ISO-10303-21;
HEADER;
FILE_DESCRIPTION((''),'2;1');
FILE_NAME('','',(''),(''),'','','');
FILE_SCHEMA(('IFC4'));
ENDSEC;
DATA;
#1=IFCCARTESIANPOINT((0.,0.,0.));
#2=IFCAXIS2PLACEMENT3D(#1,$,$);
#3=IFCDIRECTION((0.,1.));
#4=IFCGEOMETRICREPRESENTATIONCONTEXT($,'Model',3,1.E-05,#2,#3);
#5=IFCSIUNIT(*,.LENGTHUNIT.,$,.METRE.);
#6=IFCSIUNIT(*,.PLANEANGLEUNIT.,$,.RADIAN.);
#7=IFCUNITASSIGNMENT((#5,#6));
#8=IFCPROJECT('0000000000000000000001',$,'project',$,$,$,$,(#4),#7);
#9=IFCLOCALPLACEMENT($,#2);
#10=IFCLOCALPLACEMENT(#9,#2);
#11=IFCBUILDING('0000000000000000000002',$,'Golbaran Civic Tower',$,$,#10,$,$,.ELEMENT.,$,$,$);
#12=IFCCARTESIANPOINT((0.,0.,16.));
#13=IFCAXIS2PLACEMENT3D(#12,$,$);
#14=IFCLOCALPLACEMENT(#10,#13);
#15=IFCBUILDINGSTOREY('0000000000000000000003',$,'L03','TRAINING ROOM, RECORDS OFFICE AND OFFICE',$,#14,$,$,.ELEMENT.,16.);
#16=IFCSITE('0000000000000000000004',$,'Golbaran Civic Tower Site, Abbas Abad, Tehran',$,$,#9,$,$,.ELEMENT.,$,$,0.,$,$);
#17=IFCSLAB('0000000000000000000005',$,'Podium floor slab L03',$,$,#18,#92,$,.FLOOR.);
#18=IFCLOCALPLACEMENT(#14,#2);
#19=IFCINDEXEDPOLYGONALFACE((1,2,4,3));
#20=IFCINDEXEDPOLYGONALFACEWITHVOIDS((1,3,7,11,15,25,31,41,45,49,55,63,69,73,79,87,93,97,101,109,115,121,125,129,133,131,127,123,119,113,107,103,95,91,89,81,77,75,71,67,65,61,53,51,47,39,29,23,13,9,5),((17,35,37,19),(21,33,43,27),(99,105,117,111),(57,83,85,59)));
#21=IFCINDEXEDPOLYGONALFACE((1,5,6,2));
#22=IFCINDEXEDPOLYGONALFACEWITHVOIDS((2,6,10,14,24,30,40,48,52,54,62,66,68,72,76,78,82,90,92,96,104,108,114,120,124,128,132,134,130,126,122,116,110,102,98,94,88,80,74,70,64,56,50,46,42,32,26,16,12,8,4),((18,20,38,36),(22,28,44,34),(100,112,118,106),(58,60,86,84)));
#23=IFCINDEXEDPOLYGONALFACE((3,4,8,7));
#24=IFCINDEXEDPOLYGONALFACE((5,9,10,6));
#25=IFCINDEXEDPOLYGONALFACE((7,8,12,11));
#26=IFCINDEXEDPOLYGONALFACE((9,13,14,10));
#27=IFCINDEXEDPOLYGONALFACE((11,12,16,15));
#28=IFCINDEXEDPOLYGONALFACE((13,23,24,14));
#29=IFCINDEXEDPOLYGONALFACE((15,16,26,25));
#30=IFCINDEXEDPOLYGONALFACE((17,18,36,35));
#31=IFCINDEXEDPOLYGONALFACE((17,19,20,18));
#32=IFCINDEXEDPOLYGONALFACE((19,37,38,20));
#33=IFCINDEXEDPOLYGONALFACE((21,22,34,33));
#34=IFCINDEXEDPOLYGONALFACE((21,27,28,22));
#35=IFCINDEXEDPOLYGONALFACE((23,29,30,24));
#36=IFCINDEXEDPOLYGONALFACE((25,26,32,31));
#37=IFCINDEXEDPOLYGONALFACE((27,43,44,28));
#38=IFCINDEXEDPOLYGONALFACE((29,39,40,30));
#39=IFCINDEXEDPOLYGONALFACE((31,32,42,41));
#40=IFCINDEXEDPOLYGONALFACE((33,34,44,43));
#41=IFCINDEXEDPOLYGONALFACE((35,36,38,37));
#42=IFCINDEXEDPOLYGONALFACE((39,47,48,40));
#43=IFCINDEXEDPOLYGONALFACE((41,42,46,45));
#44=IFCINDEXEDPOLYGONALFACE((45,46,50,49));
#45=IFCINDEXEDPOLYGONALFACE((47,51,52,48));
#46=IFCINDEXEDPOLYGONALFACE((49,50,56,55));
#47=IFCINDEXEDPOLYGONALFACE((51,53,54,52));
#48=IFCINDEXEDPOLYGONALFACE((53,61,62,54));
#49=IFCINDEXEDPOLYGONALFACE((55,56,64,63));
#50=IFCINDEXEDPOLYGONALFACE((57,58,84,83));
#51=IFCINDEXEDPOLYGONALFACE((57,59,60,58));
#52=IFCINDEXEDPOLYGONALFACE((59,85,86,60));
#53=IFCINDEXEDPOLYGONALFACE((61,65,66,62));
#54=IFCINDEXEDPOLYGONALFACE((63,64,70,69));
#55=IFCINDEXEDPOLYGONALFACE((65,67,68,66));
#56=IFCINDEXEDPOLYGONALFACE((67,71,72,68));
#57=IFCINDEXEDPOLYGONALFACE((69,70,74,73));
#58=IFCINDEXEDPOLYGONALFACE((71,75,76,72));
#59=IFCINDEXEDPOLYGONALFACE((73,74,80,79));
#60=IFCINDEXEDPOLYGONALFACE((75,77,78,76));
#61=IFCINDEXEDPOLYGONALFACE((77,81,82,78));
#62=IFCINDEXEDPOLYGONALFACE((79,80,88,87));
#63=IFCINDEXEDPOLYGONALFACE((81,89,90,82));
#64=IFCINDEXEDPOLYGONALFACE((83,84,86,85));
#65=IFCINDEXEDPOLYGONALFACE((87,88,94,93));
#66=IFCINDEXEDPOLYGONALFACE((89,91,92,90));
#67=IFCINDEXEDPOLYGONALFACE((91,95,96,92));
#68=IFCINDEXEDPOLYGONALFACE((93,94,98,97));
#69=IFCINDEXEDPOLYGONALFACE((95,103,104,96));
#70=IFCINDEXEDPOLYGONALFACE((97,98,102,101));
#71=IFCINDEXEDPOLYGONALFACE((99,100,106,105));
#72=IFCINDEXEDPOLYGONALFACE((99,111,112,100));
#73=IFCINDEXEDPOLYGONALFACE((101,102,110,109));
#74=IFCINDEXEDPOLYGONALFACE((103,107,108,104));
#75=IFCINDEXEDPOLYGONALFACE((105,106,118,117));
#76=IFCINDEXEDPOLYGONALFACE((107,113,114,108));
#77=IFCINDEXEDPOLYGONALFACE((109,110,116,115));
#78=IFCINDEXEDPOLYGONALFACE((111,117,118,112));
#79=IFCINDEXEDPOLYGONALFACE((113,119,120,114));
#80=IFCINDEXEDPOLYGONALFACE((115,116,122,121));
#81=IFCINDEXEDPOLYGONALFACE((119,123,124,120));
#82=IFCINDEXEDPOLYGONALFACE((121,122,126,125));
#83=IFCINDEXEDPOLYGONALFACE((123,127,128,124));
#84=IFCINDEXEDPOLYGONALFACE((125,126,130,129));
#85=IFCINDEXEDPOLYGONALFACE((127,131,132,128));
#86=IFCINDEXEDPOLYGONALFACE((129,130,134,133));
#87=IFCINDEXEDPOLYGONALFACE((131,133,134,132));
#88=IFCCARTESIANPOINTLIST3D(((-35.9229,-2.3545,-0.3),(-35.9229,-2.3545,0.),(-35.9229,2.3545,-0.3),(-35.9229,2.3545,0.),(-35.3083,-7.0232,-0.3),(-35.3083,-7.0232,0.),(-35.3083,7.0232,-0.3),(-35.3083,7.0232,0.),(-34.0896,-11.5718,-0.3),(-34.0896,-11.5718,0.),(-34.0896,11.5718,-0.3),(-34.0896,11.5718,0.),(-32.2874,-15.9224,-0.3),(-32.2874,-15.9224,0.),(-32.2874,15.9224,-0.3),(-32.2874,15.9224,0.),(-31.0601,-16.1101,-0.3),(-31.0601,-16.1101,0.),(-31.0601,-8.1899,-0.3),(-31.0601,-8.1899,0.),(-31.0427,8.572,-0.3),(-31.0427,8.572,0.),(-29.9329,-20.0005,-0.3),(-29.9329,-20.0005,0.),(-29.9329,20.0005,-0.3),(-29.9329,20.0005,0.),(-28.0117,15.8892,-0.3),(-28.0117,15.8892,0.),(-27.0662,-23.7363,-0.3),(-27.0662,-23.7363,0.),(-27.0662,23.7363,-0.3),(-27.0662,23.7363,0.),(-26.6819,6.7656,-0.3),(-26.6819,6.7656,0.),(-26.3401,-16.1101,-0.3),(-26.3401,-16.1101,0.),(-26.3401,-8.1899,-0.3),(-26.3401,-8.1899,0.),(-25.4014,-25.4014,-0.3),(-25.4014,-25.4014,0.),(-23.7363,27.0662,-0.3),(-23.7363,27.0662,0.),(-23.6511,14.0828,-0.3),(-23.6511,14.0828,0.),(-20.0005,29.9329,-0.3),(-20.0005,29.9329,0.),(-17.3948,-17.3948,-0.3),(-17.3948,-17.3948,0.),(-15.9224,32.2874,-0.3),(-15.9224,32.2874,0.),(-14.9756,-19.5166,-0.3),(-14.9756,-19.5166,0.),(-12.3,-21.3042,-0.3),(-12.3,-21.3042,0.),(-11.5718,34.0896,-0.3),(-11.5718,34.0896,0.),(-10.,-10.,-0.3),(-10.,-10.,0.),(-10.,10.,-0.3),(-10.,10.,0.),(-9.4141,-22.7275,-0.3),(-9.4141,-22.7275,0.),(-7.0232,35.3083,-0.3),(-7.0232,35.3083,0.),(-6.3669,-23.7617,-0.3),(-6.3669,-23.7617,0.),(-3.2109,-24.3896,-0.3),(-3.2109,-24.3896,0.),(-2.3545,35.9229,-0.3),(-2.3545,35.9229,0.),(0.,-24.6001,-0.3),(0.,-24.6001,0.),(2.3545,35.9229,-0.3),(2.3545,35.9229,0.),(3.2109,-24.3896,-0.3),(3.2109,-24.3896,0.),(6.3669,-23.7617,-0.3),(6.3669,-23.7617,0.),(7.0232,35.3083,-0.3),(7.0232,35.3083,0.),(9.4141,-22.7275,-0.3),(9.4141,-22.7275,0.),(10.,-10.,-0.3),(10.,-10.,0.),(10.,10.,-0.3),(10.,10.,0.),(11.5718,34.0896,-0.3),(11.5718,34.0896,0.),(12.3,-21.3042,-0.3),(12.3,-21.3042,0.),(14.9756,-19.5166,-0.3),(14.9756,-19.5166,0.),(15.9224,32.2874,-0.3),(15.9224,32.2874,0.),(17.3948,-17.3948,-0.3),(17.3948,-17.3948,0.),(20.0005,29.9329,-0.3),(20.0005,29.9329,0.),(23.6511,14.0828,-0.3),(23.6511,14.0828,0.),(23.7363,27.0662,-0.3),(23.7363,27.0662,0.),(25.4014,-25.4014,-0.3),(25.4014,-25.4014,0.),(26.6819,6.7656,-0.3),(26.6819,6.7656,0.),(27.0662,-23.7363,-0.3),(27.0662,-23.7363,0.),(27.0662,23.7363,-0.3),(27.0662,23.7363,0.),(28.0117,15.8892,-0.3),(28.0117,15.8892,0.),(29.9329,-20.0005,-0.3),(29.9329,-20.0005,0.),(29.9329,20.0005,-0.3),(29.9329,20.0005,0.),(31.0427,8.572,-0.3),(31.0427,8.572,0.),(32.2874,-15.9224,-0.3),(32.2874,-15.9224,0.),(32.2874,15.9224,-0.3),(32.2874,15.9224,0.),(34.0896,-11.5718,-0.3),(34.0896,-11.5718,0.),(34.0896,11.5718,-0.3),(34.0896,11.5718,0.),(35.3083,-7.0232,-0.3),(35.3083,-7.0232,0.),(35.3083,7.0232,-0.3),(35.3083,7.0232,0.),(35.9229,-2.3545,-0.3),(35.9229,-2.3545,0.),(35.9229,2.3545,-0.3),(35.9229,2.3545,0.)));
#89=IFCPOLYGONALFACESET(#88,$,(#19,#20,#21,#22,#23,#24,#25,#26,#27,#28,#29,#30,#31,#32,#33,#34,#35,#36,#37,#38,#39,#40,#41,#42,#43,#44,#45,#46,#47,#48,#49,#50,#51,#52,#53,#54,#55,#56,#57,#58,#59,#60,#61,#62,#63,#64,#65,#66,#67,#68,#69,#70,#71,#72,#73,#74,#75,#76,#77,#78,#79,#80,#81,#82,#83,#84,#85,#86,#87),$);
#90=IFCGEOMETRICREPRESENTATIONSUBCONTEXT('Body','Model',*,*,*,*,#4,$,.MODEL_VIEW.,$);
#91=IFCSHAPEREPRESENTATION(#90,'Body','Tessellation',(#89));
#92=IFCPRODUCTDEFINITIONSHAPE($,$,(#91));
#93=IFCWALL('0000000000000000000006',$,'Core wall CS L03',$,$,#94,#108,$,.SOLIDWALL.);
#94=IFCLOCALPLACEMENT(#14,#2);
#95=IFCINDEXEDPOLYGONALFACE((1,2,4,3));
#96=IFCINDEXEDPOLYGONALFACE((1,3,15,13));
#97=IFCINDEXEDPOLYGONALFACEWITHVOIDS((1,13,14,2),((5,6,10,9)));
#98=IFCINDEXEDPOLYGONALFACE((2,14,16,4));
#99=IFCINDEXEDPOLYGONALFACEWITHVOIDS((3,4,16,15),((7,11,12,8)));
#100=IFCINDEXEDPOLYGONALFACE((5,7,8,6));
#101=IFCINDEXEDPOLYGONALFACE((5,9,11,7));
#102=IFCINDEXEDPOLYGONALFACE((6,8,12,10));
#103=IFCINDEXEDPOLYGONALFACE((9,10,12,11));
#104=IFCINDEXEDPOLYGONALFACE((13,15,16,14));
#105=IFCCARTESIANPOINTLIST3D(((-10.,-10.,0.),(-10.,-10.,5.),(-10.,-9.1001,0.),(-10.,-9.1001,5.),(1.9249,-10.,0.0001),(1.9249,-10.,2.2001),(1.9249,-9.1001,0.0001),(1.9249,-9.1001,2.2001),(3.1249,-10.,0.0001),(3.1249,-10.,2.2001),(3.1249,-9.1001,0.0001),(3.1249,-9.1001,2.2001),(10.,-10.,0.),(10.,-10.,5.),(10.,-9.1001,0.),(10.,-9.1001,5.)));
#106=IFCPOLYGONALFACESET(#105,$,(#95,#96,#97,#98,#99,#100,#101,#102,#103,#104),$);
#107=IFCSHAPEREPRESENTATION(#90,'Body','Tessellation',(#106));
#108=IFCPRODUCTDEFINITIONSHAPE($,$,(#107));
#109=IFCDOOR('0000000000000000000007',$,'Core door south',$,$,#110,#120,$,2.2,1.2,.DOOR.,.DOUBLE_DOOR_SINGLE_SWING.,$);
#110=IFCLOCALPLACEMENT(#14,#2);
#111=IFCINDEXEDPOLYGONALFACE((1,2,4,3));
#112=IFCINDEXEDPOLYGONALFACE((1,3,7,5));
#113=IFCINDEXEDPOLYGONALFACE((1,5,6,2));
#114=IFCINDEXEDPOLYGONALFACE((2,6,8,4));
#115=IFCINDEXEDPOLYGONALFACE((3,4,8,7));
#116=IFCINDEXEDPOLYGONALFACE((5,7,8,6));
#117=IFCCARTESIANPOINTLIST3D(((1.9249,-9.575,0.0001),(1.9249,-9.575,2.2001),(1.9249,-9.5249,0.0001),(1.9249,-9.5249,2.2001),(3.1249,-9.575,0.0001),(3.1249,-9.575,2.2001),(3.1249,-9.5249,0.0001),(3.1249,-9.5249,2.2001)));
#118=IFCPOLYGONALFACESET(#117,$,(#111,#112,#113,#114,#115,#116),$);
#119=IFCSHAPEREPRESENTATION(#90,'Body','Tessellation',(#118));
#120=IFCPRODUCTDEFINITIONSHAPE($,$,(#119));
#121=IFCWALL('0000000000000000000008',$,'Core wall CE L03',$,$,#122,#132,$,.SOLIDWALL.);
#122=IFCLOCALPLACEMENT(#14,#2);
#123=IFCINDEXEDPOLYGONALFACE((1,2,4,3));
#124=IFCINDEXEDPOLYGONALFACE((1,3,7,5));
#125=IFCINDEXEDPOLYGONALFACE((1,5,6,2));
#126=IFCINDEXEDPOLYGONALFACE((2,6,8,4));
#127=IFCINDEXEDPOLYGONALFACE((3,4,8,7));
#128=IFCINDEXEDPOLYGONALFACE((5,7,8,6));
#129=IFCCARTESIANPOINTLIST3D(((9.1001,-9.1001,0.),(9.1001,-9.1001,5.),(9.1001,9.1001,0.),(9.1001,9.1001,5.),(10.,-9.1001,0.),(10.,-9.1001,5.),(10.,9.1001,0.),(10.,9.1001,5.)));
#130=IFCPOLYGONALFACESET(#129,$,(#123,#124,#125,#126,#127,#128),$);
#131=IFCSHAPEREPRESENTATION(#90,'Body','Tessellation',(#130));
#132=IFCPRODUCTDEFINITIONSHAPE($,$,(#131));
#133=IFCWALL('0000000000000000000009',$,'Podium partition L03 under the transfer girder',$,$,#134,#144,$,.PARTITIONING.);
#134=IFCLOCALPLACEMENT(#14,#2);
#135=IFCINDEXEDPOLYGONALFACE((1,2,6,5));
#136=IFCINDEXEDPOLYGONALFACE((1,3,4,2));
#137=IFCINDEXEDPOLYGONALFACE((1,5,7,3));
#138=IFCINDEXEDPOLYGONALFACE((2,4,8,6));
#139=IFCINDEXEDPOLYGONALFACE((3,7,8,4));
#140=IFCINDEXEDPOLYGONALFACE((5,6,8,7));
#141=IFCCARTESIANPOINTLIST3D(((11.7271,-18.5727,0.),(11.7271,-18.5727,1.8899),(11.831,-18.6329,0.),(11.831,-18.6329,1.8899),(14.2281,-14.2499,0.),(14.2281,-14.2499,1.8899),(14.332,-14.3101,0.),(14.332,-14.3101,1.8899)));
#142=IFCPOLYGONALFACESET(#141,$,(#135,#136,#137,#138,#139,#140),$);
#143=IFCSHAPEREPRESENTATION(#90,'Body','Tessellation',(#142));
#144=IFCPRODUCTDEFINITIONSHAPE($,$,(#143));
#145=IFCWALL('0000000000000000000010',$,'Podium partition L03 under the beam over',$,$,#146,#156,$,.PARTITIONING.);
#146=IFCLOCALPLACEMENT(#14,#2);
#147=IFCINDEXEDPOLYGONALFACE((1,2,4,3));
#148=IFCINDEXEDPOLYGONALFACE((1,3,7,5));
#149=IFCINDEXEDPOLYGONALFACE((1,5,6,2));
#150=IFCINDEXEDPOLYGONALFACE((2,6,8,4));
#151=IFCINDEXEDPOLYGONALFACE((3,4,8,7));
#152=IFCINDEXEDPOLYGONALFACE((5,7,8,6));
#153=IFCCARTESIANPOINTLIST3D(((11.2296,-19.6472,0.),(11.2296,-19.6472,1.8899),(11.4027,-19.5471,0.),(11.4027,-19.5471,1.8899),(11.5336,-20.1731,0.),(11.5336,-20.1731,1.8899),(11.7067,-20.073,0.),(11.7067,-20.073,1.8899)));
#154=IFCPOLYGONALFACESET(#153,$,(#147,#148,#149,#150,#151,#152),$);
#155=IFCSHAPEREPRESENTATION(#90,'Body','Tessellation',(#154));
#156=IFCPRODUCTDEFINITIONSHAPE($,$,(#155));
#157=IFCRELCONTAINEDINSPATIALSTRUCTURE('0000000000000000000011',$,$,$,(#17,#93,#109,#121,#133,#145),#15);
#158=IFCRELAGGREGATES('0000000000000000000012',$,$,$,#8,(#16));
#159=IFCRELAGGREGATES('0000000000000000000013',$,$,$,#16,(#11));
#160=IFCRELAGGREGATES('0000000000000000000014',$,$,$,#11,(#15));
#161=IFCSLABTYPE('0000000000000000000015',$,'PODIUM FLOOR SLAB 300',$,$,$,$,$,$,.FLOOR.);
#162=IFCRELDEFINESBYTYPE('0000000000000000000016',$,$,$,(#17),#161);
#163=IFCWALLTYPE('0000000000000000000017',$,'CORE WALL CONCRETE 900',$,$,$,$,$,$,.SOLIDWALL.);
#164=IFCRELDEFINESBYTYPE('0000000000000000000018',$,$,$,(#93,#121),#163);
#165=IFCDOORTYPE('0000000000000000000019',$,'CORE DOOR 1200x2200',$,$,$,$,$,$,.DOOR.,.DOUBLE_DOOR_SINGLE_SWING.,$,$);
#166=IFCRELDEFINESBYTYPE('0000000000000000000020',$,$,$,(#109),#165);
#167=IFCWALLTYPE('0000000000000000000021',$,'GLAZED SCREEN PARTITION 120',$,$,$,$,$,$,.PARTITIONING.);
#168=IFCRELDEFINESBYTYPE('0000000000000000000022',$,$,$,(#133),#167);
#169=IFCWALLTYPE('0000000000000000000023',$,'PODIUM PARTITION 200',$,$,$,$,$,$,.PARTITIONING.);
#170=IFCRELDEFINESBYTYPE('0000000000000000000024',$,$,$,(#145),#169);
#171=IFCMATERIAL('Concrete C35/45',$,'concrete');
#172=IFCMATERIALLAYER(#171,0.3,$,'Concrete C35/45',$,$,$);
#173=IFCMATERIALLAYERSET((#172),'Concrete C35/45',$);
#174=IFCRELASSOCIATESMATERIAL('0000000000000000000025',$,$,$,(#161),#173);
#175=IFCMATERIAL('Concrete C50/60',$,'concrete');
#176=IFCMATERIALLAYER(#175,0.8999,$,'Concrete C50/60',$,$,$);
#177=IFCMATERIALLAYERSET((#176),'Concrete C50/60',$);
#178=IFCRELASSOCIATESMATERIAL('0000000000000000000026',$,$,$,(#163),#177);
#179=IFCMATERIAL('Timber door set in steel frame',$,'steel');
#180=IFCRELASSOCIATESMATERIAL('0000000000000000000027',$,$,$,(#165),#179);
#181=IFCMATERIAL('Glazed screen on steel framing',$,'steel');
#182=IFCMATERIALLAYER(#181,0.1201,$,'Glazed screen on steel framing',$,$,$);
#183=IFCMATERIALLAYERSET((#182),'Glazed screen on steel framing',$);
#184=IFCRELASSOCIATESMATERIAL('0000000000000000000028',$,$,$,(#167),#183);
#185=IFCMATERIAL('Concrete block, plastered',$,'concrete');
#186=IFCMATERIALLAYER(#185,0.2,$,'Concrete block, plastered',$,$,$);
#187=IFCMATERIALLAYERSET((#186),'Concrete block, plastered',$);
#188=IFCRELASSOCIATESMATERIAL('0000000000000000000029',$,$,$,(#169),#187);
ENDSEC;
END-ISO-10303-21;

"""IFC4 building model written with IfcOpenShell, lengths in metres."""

from ifc_helpers import new_model, si_unit, direction, frame, frame_2d, origin, place, context, subcontext, project, spatial, polyline, rectangle, outline, extrude, material, layer, layer_set, type_object, element, fill, save


model = new_model("IFC4")

# Units and contexts
model_context = context("Model", 3, precision=1e-05, world=origin(), true_north=direction((0.0, 1.0)))
body_context = subcontext(model_context, "Body", "Model", "MODEL_VIEW")
ifc_project = project(units=[si_unit("LENGTHUNIT", "METRE"), si_unit("PLANEANGLEUNIT", "RADIAN")], contexts=[model_context])

# Site, building, storey
site_placement = place(None, origin())
site = spatial("IfcSite", under=ifc_project, at=site_placement, Name="Golbaran Civic Tower Site, Abbas Abad, Tehran", CompositionType="ELEMENT", RefElevation=0.0)
building_placement = place(site_placement, origin())
building = spatial("IfcBuilding", under=site, at=building_placement, Name="Golbaran Civic Tower", CompositionType="ELEMENT")
storey_placement = place(building_placement, frame((0.0, 0.0, 16.0)))
storey = spatial("IfcBuildingStorey", under=building, at=storey_placement, Name="L03", Description="TRAINING ROOM, RECORDS OFFICE AND OFFICE", CompositionType="ELEMENT", Elevation=16.0)

# Slab
ifc_material_1 = material(Name="Concrete C35/45", Category="concrete")
ifc_layer_1 = layer(ifc_material_1, 0.3, Name="Concrete C35/45")
ifc_layer_set_1 = layer_set([ifc_layer_1], Name="Concrete C35/45")
slab_type_1 = type_object("IfcSlabType", Name="PODIUM FLOOR SLAB 300", PredefinedType="FLOOR", material=ifc_layer_set_1)
slab_1_placement = place(storey_placement, frame((0.0, 0.0, -0.3)))
element("IfcSlab", 1, at=slab_1_placement, inside=storey, type_object=slab_type_1, Name="Podium floor slab L03", PredefinedType="FLOOR", context=body_context, shape_type="SweptSolid", body=[
    extrude(outline(polyline([(32.2874, -15.9224), (29.9329, -20.0005), (27.0662, -23.7363), (25.4014, -25.4014), (17.3948, -17.3948), (14.9756, -19.5166), (12.3, -21.3042), (9.4141, -22.7275), (6.3669, -23.7617), (3.2109, -24.3896), (0.0, -24.6001), (-3.2109, -24.3896), (-6.3669, -23.7617), (-9.4141, -22.7275), (-12.3, -21.3042), (-14.9756, -19.5166), (-17.3948, -17.3948), (-25.4014, -25.4014), (-27.0662, -23.7363), (-29.9329, -20.0005), (-32.2874, -15.9224), (-34.0896, -11.5718), (-35.3083, -7.0232), (-35.9229, -2.3545), (-35.9229, 2.3545), (-35.3083, 7.0232), (-34.0896, 11.5718), (-32.2874, 15.9224), (-29.9329, 20.0005), (-27.0662, 23.7363), (-23.7363, 27.0662), (-20.0005, 29.9329), (-15.9224, 32.2874), (-11.5718, 34.0896), (-7.0232, 35.3083), (-2.3545, 35.9229), (2.3545, 35.9229), (7.0232, 35.3083), (11.5718, 34.0896), (15.9224, 32.2874), (20.0005, 29.9329), (23.7363, 27.0662), (27.0662, 23.7363), (29.9329, 20.0005), (32.2874, 15.9224), (34.0896, 11.5718), (35.3083, 7.0232), (35.9229, 2.3545), (35.9229, -2.3545), (35.3083, -7.0232), (34.0896, -11.5718), (32.2874, -15.9224)]), holes=[polyline([(31.0427, 8.572), (28.0117, 15.8892), (23.6511, 14.0828), (26.6819, 6.7656), (31.0427, 8.572)]), polyline([(10.0, -10.0), (10.0, 10.0), (-10.0, 10.0), (-10.0, -10.0), (10.0, -10.0)]), polyline([(-28.0117, 15.8892), (-31.0427, 8.572), (-26.6819, 6.7656), (-23.6511, 14.0828), (-28.0117, 15.8892)]), polyline([(-31.0601, -16.1101), (-26.3401, -16.1101), (-26.3401, -8.1899), (-31.0601, -8.1899), (-31.0601, -16.1101)])]), origin(), (0.0, 0.0, 1.0), 0.3),
])

# Wall, opening, door
ifc_material_2 = material(Name="Concrete C50/60", Category="concrete")
ifc_layer_2 = layer(ifc_material_2, 0.8999, Name="Concrete C50/60")
ifc_layer_set_2 = layer_set([ifc_layer_2], Name="Concrete C50/60")
wall_type_1 = type_object("IfcWallType", Name="CORE WALL CONCRETE 900", PredefinedType="SOLIDWALL", material=ifc_layer_set_2)
wall_1_placement = place(storey_placement, frame((10.0, -9.55, 0.0), z_axis=(0.0, 0.0, 1.0), x_axis=(-1.0, 0.0, 0.0)))
wall_1 = element("IfcWall", 2, at=wall_1_placement, inside=storey, type_object=wall_type_1, Name="Core wall CS L03", PredefinedType="SOLIDWALL", context=body_context, shape_type="SweptSolid", body=[
    extrude(rectangle(XDim=20.0, YDim=0.8999, at=frame_2d((10.0, 0.0))), origin(), (0.0, 0.0, 1.0), 5.0),
])
opening_1_placement = place(wall_1_placement, frame((6.875, 0.0, 0.0)))
opening_1 = element("IfcOpeningElement", 3, at=opening_1_placement, cuts=wall_1, PredefinedType="OPENING", context=body_context, shape_type="SweptSolid", body=[
    extrude(rectangle(XDim=1.2, YDim=2.2, at=frame_2d((0.6001, 1.1001))), frame((0.0, 0.46, 0.0), z_axis=(0.0, -1.0, 0.0), x_axis=(1.0, 0.0, 0.0)), (0.0, 0.0, 1.0), 0.9199),
])
ifc_material_3 = material(Name="Timber door set in steel frame", Category="steel")
door_type_1 = type_object("IfcDoorType", Name="CORE DOOR 1200x2200", OperationType="DOUBLE_DOOR_SINGLE_SWING", PredefinedType="DOOR", material=ifc_material_3)
door_1_placement = place(opening_1_placement, origin())
door_1 = element("IfcDoor", 4, at=door_1_placement, inside=storey, type_object=door_type_1, Name="Core door south", OperationType="DOUBLE_DOOR_SINGLE_SWING", OverallHeight=2.2, OverallWidth=1.2, PredefinedType="DOOR", context=body_context, shape_type="SweptSolid", body=[
    extrude(rectangle(XDim=1.2, YDim=2.2, at=frame_2d((0.6001, 1.1001))), frame((0.0, 0.0249, 0.0), z_axis=(0.0, -1.0, 0.0), x_axis=(1.0, 0.0, 0.0)), (0.0, 0.0, 1.0), 0.05),
])
fill(opening_1, door_1)

# Walls
wall_2_placement = place(storey_placement, frame((9.55, -9.1001, 0.0), z_axis=(0.0, 0.0, 1.0), x_axis=(0.0, 1.0, 0.0)))
element("IfcWall", 5, at=wall_2_placement, inside=storey, type_object=wall_type_1, Name="Core wall CE L03", PredefinedType="SOLIDWALL", context=body_context, shape_type="SweptSolid", body=[
    extrude(rectangle(XDim=18.2002, YDim=0.8999, at=frame_2d((9.1001, 0.0))), origin(), (0.0, 0.0, 1.0), 5.0),
])
ifc_material_4 = material(Name="Glazed screen on steel framing", Category="steel")
ifc_layer_3 = layer(ifc_material_4, 0.1201, Name="Glazed screen on steel framing")
ifc_layer_set_3 = layer_set([ifc_layer_3], Name="Glazed screen on steel framing")
wall_type_2 = type_object("IfcWallType", Name="GLAZED SCREEN PARTITION 120", PredefinedType="PARTITIONING", material=ifc_layer_set_3)
wall_3_placement = place(storey_placement, frame((11.7791, -18.6028, 0.0), z_axis=(0.0, 0.0, 1.0), x_axis=(0.500786, 0.865571, 0.0)))
element("IfcWall", 6, at=wall_3_placement, inside=storey, type_object=wall_type_2, Name="Podium partition L03 under the transfer girder", PredefinedType="PARTITIONING", context=body_context, shape_type="SweptSolid", body=[
    extrude(rectangle(XDim=4.9941, YDim=0.1201, at=frame_2d((2.4971, 0.0))), origin(), (0.0, 0.0, 1.0), 1.8899),
])
ifc_material_5 = material(Name="Concrete block, plastered", Category="concrete")
ifc_layer_4 = layer(ifc_material_5, 0.2, Name="Concrete block, plastered")
ifc_layer_set_4 = layer_set([ifc_layer_4], Name="Concrete block, plastered")
wall_type_3 = type_object("IfcWallType", Name="PODIUM PARTITION 200", PredefinedType="PARTITIONING", material=ifc_layer_set_4)
wall_4_placement = place(storey_placement, frame((11.3162, -19.5972, 0.0), z_axis=(0.0, 0.0, 1.0), x_axis=(0.500418, -0.865784, 0.0)))
element("IfcWall", 7, at=wall_4_placement, inside=storey, type_object=wall_type_3, Name="Podium partition L03 under the beam over", PredefinedType="PARTITIONING", context=body_context, shape_type="SweptSolid", body=[
    extrude(rectangle(XDim=0.6074, YDim=0.2, at=frame_2d((0.3037, 0.0))), origin(), (0.0, 0.0, 1.0), 1.8899),
])

save(model, "model.ifc")
